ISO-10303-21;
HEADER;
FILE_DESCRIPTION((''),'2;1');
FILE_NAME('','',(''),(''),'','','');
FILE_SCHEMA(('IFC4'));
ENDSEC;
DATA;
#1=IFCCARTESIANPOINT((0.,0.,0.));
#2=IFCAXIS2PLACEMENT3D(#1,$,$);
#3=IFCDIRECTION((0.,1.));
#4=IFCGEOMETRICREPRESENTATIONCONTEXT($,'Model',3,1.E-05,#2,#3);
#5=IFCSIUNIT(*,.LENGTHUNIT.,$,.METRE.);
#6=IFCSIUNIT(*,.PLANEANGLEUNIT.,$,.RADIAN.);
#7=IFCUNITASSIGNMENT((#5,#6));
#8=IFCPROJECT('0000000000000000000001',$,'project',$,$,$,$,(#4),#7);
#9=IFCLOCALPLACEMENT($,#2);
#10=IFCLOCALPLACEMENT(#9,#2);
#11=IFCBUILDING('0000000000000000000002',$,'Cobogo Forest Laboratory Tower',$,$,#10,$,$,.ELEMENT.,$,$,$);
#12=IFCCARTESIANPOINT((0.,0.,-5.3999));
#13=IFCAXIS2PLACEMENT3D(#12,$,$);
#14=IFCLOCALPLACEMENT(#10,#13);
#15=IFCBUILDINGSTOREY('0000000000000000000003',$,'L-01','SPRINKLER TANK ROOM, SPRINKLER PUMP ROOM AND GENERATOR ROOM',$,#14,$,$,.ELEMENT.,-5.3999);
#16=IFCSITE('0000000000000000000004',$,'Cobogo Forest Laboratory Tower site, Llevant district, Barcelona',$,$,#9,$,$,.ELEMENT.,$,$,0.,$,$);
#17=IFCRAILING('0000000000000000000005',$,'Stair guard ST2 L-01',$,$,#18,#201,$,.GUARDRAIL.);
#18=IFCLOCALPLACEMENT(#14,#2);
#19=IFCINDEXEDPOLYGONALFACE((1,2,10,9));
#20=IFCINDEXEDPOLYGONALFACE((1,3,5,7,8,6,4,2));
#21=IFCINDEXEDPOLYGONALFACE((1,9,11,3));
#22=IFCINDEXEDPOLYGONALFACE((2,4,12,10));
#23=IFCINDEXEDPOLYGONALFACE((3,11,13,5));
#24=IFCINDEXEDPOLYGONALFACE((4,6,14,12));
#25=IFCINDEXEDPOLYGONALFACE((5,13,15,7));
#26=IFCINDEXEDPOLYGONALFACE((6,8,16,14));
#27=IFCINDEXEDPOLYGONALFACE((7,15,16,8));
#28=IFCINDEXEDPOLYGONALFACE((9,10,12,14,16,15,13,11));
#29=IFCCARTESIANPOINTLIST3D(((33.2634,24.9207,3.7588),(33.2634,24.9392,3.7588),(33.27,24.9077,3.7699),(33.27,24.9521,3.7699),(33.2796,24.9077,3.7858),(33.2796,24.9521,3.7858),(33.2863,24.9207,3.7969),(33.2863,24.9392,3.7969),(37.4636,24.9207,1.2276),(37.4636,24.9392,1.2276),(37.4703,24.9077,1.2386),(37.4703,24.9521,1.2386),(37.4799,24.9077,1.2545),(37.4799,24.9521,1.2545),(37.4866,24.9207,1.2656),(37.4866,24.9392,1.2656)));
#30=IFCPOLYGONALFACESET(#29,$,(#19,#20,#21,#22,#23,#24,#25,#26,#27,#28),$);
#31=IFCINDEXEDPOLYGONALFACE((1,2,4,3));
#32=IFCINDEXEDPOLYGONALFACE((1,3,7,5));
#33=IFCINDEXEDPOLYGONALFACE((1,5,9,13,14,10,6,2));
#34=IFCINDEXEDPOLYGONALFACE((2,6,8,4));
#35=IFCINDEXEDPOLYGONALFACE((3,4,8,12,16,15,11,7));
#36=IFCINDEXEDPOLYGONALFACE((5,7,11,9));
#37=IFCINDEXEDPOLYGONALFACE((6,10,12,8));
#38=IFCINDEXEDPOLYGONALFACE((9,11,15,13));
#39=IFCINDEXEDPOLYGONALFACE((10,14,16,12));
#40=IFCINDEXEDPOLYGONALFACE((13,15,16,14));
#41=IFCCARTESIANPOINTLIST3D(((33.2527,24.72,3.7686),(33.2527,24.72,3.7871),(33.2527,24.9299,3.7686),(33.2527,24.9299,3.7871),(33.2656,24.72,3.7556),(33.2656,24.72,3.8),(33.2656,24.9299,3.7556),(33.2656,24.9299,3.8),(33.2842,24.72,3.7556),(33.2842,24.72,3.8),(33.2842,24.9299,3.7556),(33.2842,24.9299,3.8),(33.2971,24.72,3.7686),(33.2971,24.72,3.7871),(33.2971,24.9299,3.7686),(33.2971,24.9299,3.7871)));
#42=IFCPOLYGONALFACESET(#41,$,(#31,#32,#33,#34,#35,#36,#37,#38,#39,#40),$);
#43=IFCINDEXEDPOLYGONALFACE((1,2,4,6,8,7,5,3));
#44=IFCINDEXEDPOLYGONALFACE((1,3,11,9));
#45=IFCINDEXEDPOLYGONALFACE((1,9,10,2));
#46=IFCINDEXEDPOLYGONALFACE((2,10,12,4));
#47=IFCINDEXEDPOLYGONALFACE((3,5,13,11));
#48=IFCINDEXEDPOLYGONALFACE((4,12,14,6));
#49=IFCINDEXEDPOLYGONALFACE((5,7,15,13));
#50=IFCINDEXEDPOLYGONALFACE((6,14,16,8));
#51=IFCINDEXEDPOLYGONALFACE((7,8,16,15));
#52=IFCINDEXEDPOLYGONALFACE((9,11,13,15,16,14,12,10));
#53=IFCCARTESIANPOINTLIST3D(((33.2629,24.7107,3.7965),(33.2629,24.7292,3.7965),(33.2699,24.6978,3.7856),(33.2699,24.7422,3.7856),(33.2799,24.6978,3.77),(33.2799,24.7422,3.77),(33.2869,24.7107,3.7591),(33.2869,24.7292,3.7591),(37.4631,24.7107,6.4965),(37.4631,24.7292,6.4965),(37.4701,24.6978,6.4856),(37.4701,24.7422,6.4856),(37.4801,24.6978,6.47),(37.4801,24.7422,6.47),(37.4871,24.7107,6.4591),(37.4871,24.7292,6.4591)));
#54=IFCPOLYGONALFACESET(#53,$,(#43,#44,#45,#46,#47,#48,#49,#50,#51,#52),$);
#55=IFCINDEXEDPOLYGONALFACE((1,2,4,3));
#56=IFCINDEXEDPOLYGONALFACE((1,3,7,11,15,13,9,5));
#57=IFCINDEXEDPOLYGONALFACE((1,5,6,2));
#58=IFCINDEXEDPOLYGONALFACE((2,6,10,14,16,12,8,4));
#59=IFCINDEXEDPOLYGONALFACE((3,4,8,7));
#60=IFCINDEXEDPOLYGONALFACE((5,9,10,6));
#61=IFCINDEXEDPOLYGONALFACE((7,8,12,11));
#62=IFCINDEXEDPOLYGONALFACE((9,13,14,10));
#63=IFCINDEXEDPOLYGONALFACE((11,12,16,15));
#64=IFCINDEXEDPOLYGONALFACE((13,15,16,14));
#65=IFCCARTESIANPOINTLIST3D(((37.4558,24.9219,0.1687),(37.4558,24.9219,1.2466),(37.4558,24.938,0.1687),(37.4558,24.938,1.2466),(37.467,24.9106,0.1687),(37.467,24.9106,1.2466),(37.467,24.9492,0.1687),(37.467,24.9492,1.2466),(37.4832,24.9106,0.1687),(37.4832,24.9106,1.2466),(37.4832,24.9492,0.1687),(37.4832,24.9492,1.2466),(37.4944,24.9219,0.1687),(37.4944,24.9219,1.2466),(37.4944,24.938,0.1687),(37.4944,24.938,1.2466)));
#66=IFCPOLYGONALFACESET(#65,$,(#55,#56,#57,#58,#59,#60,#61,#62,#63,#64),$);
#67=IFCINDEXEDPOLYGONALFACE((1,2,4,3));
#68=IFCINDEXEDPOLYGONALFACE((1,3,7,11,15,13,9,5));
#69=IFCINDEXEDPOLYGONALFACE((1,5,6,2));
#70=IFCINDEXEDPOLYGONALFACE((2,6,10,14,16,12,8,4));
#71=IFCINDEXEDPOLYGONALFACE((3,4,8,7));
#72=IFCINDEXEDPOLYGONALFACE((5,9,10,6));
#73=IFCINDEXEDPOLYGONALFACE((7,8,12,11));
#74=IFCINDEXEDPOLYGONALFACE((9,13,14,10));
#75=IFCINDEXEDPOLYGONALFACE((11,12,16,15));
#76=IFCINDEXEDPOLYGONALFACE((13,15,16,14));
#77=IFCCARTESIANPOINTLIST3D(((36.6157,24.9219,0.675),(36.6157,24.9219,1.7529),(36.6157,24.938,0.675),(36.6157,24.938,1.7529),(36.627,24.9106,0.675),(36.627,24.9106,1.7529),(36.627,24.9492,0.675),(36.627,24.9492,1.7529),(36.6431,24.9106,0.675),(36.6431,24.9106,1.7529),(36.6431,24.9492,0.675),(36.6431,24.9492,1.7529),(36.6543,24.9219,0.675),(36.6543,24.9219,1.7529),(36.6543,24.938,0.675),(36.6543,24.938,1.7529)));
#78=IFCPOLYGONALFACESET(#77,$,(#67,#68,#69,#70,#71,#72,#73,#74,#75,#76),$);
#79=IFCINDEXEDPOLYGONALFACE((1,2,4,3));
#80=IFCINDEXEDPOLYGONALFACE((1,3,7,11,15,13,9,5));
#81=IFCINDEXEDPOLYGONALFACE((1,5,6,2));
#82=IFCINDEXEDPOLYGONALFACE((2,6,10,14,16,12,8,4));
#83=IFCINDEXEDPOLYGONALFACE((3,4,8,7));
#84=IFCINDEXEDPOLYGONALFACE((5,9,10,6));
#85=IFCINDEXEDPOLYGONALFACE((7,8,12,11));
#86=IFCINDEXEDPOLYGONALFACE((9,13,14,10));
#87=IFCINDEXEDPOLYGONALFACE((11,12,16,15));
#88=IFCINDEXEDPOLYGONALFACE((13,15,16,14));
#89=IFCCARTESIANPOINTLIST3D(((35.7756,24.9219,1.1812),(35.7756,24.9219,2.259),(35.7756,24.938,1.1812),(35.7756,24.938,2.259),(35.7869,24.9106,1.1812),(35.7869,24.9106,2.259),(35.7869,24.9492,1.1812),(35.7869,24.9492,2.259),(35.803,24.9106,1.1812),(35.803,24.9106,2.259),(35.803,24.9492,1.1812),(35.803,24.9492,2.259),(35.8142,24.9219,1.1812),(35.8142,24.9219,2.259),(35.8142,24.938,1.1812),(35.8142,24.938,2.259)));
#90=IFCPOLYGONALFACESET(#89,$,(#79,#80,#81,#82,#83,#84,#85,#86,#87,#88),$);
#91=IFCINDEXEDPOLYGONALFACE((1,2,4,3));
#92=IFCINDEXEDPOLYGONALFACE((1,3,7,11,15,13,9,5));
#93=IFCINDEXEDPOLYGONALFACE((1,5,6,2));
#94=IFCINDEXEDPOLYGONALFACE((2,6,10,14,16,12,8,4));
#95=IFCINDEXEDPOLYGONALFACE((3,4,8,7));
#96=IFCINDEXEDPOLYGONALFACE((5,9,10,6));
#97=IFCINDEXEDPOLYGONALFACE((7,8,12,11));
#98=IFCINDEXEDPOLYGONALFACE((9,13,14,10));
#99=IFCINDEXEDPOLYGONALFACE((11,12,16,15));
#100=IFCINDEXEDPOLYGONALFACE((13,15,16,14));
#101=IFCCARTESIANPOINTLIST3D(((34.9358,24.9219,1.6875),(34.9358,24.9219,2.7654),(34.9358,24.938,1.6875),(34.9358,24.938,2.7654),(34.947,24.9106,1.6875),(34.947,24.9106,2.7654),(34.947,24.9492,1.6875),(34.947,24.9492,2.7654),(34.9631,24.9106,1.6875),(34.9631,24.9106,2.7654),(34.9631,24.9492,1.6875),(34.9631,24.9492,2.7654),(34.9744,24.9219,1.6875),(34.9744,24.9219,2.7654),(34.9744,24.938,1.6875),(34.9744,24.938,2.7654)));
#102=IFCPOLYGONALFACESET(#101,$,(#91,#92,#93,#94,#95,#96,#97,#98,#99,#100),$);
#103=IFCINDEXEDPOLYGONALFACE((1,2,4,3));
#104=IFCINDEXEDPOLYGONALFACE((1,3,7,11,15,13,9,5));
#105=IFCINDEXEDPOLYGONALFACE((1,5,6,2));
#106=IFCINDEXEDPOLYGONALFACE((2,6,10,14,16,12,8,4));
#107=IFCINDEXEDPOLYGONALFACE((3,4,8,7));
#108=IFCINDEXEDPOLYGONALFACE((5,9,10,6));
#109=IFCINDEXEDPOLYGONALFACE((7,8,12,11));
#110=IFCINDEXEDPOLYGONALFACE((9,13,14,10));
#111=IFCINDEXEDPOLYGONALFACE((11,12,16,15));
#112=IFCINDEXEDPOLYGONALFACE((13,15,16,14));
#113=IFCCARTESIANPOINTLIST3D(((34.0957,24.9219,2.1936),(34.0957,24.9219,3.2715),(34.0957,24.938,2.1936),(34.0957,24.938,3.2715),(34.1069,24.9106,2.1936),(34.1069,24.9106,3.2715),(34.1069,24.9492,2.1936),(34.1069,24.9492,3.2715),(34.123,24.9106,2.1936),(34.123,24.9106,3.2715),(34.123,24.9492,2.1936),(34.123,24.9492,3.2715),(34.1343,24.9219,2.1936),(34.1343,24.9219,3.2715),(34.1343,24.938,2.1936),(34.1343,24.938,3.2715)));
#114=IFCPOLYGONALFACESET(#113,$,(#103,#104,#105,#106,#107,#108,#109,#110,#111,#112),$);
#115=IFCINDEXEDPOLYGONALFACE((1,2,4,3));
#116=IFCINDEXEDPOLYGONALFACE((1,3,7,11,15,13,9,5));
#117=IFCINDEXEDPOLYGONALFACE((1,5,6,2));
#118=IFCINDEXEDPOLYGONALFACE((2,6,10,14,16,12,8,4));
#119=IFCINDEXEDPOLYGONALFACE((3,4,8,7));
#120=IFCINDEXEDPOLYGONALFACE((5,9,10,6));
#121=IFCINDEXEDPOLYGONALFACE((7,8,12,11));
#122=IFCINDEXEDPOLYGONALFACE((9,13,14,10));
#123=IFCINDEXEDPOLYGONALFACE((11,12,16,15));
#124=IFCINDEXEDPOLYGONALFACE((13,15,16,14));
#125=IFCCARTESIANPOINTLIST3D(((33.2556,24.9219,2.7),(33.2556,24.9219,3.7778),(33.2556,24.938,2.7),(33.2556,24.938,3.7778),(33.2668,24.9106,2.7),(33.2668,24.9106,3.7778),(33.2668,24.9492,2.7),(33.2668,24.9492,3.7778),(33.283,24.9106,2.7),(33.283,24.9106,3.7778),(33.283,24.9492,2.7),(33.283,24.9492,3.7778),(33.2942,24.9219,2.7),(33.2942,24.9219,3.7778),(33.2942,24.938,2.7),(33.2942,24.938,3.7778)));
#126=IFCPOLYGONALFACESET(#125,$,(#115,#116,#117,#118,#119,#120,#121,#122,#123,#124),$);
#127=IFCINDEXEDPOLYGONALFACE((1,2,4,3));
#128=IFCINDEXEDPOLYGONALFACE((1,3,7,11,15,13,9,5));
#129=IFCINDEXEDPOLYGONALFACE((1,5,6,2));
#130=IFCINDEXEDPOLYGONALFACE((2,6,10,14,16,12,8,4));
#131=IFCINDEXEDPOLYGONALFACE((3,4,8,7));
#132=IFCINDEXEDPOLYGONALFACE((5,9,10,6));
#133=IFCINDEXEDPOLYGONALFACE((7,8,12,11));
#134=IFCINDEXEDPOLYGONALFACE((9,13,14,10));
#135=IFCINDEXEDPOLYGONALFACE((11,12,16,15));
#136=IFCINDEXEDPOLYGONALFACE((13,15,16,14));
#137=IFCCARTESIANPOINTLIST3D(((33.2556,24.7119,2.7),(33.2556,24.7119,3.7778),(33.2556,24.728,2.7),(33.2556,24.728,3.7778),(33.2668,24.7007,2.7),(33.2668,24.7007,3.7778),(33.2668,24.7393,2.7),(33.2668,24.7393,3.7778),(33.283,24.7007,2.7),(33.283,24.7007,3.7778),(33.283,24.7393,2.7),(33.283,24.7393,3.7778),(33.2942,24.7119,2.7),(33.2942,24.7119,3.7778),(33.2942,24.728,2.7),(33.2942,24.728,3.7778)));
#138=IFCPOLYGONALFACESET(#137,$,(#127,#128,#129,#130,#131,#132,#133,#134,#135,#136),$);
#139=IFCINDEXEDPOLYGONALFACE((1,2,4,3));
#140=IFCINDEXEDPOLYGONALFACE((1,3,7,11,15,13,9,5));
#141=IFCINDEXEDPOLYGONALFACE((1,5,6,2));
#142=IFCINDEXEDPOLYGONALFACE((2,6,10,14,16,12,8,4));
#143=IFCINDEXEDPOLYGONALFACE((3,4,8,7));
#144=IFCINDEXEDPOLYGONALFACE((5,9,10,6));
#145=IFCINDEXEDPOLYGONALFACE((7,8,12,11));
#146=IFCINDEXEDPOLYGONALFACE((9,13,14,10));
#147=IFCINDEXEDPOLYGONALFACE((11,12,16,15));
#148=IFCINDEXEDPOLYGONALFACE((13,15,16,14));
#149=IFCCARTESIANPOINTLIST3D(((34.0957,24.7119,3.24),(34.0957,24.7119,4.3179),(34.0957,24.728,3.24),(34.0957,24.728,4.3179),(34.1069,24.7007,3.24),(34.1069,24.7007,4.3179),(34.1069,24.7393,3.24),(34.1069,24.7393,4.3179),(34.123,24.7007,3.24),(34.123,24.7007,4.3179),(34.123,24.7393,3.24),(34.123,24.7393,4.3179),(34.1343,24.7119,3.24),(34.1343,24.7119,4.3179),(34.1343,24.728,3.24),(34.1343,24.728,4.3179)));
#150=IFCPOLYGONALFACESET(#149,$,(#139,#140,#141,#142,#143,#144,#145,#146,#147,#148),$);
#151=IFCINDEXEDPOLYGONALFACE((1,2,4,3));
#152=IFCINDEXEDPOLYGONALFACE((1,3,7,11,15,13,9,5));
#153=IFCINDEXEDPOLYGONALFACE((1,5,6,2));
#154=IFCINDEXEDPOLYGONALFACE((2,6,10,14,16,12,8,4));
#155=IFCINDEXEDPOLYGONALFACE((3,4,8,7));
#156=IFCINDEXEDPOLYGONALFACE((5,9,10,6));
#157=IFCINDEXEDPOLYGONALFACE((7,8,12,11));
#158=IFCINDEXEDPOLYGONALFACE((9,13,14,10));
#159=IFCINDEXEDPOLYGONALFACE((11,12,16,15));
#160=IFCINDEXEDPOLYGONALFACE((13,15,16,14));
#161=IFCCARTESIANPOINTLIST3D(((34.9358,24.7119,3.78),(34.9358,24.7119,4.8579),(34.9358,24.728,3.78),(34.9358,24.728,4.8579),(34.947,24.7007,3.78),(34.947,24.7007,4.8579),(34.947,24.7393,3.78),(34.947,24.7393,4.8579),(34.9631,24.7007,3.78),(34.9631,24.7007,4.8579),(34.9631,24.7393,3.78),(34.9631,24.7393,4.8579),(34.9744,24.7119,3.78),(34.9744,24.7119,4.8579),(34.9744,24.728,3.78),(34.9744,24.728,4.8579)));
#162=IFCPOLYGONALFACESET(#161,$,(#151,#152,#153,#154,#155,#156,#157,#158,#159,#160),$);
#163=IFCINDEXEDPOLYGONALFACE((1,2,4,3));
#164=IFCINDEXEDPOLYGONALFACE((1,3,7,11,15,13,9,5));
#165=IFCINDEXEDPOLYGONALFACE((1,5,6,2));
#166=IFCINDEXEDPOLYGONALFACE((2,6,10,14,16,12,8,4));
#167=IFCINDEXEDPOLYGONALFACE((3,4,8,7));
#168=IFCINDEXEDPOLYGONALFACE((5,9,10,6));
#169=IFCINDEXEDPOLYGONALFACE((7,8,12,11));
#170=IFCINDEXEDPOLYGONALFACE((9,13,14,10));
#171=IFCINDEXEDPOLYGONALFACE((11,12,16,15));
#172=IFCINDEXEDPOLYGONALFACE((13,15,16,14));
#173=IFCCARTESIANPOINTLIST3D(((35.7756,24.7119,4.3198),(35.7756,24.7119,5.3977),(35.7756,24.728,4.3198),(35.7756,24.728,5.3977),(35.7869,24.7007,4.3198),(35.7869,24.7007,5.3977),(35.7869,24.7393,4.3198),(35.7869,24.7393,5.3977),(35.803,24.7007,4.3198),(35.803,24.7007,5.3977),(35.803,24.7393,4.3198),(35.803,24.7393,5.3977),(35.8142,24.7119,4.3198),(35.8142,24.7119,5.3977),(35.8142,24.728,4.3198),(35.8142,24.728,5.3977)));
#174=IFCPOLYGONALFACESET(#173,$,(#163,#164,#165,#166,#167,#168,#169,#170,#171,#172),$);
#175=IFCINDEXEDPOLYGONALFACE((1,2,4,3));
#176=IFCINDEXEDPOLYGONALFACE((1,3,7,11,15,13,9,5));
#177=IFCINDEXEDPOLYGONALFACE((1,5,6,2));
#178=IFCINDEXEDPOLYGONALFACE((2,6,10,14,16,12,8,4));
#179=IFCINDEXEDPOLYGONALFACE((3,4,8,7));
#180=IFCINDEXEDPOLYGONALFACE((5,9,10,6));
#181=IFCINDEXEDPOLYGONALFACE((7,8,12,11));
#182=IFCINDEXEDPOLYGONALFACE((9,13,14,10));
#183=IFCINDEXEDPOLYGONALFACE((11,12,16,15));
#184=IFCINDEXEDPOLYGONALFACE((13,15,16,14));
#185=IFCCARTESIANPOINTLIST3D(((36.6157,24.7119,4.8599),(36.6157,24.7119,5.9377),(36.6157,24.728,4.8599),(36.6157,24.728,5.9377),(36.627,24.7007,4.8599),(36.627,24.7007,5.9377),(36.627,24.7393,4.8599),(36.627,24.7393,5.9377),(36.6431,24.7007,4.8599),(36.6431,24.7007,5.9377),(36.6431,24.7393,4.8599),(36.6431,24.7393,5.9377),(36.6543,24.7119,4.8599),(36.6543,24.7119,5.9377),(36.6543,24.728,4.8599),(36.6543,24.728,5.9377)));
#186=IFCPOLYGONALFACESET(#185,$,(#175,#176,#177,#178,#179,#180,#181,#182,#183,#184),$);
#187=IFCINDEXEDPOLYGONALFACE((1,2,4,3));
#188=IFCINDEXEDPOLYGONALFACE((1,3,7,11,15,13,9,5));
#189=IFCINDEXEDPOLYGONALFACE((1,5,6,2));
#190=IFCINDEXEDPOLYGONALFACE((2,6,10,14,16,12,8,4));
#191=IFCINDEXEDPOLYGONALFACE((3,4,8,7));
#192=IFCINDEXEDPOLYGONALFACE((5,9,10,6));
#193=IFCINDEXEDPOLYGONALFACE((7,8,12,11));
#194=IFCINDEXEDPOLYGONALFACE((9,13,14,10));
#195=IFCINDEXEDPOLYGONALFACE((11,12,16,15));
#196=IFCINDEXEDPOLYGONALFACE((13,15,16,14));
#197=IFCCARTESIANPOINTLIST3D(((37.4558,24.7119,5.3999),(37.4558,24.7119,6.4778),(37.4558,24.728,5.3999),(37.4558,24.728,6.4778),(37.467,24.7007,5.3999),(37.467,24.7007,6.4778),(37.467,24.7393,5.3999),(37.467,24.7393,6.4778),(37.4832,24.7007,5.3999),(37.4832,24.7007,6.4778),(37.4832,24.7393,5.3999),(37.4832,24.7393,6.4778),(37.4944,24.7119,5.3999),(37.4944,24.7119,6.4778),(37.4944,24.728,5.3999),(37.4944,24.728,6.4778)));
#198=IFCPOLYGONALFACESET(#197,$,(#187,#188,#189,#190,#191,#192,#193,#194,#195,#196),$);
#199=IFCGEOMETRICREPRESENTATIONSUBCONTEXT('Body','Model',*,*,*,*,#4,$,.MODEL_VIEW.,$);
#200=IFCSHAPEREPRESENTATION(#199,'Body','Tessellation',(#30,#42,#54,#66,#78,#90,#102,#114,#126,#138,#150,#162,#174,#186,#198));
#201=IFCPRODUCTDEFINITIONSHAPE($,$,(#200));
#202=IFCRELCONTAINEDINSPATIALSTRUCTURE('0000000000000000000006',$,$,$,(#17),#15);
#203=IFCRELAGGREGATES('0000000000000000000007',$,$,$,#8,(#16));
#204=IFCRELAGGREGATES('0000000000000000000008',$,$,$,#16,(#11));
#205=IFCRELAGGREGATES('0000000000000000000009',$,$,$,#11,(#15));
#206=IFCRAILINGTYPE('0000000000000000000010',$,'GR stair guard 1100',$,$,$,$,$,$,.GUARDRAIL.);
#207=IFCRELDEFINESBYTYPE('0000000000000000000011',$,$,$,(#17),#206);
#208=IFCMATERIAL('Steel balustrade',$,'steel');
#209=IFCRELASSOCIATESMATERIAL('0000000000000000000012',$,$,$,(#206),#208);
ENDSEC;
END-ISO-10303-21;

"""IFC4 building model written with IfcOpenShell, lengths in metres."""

from ifc_helpers import new_model, si_unit, direction, frame, origin, place, context, subcontext, project, spatial, polyline, outline, extrude, material, type_object, element, save


model = new_model("IFC4")

# Units and contexts
model_context = context("Model", 3, precision=1e-05, world=origin(), true_north=direction((0.0, 1.0)))
body_context = subcontext(model_context, "Body", "Model", "MODEL_VIEW")
ifc_project = project(units=[si_unit("LENGTHUNIT", "METRE"), si_unit("PLANEANGLEUNIT", "RADIAN")], contexts=[model_context])

# Site, building, storey
site_placement = place(None, origin())
site = spatial("IfcSite", under=ifc_project, at=site_placement, Name="Cobogo Forest Laboratory Tower site, Llevant district, Barcelona", CompositionType="ELEMENT", RefElevation=0.0)
building_placement = place(site_placement, origin())
building = spatial("IfcBuilding", under=site, at=building_placement, Name="Cobogo Forest Laboratory Tower", CompositionType="ELEMENT")
storey_placement = place(building_placement, frame((0.0, 0.0, -5.3999)))
storey = spatial("IfcBuildingStorey", under=building, at=storey_placement, Name="L-01", Description="SPRINKLER TANK ROOM, SPRINKLER PUMP ROOM AND GENERATOR ROOM", CompositionType="ELEMENT", Elevation=-5.3999)

# Railing
ifc_material_1 = material(Name="Steel balustrade", Category="steel")
railing_type_1 = type_object("IfcRailingType", Name="GR stair guard 1100", PredefinedType="GUARDRAIL", material=ifc_material_1)
railing_1_placement = place(storey_placement, frame((37.4751, 24.9299, 0.1687)))
element("IfcRailing", 1, at=railing_1_placement, inside=storey, type_object=railing_type_1, Name="Stair guard ST2 L-01", PredefinedType="GUARDRAIL", context=body_context, shape_type="SweptSolid", body=[
    extrude(outline(polyline([(0.0222, 0.0093), (0.0093, 0.0222), (-0.0093, 0.0222), (-0.0222, 0.0093), (-0.0222, -0.0093), (-0.0093, -0.0222), (0.0093, -0.0222), (0.0222, -0.0093), (0.0222, 0.0093)])), frame((0.0, 0.0, 1.0779), z_axis=(-0.85649, 0.0, 0.516164), x_axis=(0.0, -1.0, 0.0)), (0.0, 0.0, 1.0), 4.9041),
    extrude(outline(polyline([(0.0222, 0.0093), (0.0093, 0.0222), (-0.0093, 0.0222), (-0.0222, 0.0093), (-0.0222, -0.0093), (-0.0093, -0.0222), (0.0093, -0.0222), (0.0222, -0.0093), (0.0222, 0.0093)])), frame((-4.2002, 0.0, 3.6091), z_axis=(0.0, -1.0, 0.0), x_axis=(1.0, 0.0, 0.0)), (0.0, 0.0, 1.0), 0.21),
    extrude(outline(polyline([(0.0222, 0.0093), (0.0093, 0.0222), (-0.0093, 0.0222), (-0.0222, 0.0093), (-0.0222, -0.0093), (-0.0093, -0.0222), (0.0093, -0.0222), (0.0222, -0.0093), (0.0222, 0.0093)])), frame((-4.2002, -0.21, 3.6091), z_axis=(0.841194, 0.0, 0.540733), x_axis=(0.0, 1.0, 0.0)), (0.0, 0.0, 1.0), 4.9932),
    extrude(outline(polyline([(0.0193, 0.0081), (0.0081, 0.0193), (-0.0081, 0.0193), (-0.0193, 0.0081), (-0.0193, -0.0081), (-0.0081, -0.0193), (0.0081, -0.0193), (0.0193, -0.0081), (0.0193, 0.0081)])), origin(), (0.0, 0.0, 1.0), 1.0779),
    extrude(outline(polyline([(0.0193, 0.0081), (0.0081, 0.0193), (-0.0081, 0.0193), (-0.0193, 0.0081), (-0.0193, -0.0081), (-0.0081, -0.0193), (0.0081, -0.0193), (0.0193, -0.0081), (0.0193, 0.0081)])), frame((-0.8401, 0.0, 0.5063)), (0.0, 0.0, 1.0), 1.0779),
    extrude(outline(polyline([(0.0193, 0.0081), (0.0081, 0.0193), (-0.0081, 0.0193), (-0.0193, 0.0081), (-0.0193, -0.0081), (-0.0081, -0.0193), (0.0081, -0.0193), (0.0193, -0.0081), (0.0193, 0.0081)])), frame((-1.6802, 0.0, 1.0125)), (0.0, 0.0, 1.0), 1.0779),
    extrude(outline(polyline([(0.0193, 0.0081), (0.0081, 0.0193), (-0.0081, 0.0193), (-0.0193, 0.0081), (-0.0193, -0.0081), (-0.0081, -0.0193), (0.0081, -0.0193), (0.0193, -0.0081), (0.0193, 0.0081)])), frame((-2.52, 0.0, 1.5188)), (0.0, 0.0, 1.0), 1.0779),
    extrude(outline(polyline([(0.0193, 0.0081), (0.0081, 0.0193), (-0.0081, 0.0193), (-0.0193, 0.0081), (-0.0193, -0.0081), (-0.0081, -0.0193), (0.0081, -0.0193), (0.0193, -0.0081), (0.0193, 0.0081)])), frame((-3.3601, 0.0, 2.0249)), (0.0, 0.0, 1.0), 1.0779),
    extrude(outline(polyline([(0.0193, 0.0081), (0.0081, 0.0193), (-0.0081, 0.0193), (-0.0193, 0.0081), (-0.0193, -0.0081), (-0.0081, -0.0193), (0.0081, -0.0193), (0.0193, -0.0081), (0.0193, 0.0081)])), frame((-4.2002, 0.0, 2.5312)), (0.0, 0.0, 1.0), 1.0779),
    extrude(outline(polyline([(0.0193, 0.0081), (0.0081, 0.0193), (-0.0081, 0.0193), (-0.0193, 0.0081), (-0.0193, -0.0081), (-0.0081, -0.0193), (0.0081, -0.0193), (0.0193, -0.0081), (0.0193, 0.0081)])), frame((-4.2002, -0.21, 2.5312)), (0.0, 0.0, 1.0), 1.0779),
    extrude(outline(polyline([(0.0193, 0.0081), (0.0081, 0.0193), (-0.0081, 0.0193), (-0.0193, 0.0081), (-0.0193, -0.0081), (-0.0081, -0.0193), (0.0081, -0.0193), (0.0193, -0.0081), (0.0193, 0.0081)])), frame((-3.3601, -0.21, 3.0713)), (0.0, 0.0, 1.0), 1.0779),
    extrude(outline(polyline([(0.0193, 0.0081), (0.0081, 0.0193), (-0.0081, 0.0193), (-0.0193, 0.0081), (-0.0193, -0.0081), (-0.0081, -0.0193), (0.0081, -0.0193), (0.0193, -0.0081), (0.0193, 0.0081)])), frame((-2.52, -0.21, 3.6113)), (0.0, 0.0, 1.0), 1.0779),
    extrude(outline(polyline([(0.0193, 0.0081), (0.0081, 0.0193), (-0.0081, 0.0193), (-0.0193, 0.0081), (-0.0193, -0.0081), (-0.0081, -0.0193), (0.0081, -0.0193), (0.0193, -0.0081), (0.0193, 0.0081)])), frame((-1.6802, -0.21, 4.1511)), (0.0, 0.0, 1.0), 1.0779),
    extrude(outline(polyline([(0.0193, 0.0081), (0.0081, 0.0193), (-0.0081, 0.0193), (-0.0193, 0.0081), (-0.0193, -0.0081), (-0.0081, -0.0193), (0.0081, -0.0193), (0.0193, -0.0081), (0.0193, 0.0081)])), frame((-0.8401, -0.21, 4.6912)), (0.0, 0.0, 1.0), 1.0779),
    extrude(outline(polyline([(0.0193, 0.0081), (0.0081, 0.0193), (-0.0081, 0.0193), (-0.0193, 0.0081), (-0.0193, -0.0081), (-0.0081, -0.0193), (0.0081, -0.0193), (0.0193, -0.0081), (0.0193, 0.0081)])), frame((0.0, -0.21, 5.2312)), (0.0, 0.0, 1.0), 1.0779),
])

save(model, "model.ifc")
